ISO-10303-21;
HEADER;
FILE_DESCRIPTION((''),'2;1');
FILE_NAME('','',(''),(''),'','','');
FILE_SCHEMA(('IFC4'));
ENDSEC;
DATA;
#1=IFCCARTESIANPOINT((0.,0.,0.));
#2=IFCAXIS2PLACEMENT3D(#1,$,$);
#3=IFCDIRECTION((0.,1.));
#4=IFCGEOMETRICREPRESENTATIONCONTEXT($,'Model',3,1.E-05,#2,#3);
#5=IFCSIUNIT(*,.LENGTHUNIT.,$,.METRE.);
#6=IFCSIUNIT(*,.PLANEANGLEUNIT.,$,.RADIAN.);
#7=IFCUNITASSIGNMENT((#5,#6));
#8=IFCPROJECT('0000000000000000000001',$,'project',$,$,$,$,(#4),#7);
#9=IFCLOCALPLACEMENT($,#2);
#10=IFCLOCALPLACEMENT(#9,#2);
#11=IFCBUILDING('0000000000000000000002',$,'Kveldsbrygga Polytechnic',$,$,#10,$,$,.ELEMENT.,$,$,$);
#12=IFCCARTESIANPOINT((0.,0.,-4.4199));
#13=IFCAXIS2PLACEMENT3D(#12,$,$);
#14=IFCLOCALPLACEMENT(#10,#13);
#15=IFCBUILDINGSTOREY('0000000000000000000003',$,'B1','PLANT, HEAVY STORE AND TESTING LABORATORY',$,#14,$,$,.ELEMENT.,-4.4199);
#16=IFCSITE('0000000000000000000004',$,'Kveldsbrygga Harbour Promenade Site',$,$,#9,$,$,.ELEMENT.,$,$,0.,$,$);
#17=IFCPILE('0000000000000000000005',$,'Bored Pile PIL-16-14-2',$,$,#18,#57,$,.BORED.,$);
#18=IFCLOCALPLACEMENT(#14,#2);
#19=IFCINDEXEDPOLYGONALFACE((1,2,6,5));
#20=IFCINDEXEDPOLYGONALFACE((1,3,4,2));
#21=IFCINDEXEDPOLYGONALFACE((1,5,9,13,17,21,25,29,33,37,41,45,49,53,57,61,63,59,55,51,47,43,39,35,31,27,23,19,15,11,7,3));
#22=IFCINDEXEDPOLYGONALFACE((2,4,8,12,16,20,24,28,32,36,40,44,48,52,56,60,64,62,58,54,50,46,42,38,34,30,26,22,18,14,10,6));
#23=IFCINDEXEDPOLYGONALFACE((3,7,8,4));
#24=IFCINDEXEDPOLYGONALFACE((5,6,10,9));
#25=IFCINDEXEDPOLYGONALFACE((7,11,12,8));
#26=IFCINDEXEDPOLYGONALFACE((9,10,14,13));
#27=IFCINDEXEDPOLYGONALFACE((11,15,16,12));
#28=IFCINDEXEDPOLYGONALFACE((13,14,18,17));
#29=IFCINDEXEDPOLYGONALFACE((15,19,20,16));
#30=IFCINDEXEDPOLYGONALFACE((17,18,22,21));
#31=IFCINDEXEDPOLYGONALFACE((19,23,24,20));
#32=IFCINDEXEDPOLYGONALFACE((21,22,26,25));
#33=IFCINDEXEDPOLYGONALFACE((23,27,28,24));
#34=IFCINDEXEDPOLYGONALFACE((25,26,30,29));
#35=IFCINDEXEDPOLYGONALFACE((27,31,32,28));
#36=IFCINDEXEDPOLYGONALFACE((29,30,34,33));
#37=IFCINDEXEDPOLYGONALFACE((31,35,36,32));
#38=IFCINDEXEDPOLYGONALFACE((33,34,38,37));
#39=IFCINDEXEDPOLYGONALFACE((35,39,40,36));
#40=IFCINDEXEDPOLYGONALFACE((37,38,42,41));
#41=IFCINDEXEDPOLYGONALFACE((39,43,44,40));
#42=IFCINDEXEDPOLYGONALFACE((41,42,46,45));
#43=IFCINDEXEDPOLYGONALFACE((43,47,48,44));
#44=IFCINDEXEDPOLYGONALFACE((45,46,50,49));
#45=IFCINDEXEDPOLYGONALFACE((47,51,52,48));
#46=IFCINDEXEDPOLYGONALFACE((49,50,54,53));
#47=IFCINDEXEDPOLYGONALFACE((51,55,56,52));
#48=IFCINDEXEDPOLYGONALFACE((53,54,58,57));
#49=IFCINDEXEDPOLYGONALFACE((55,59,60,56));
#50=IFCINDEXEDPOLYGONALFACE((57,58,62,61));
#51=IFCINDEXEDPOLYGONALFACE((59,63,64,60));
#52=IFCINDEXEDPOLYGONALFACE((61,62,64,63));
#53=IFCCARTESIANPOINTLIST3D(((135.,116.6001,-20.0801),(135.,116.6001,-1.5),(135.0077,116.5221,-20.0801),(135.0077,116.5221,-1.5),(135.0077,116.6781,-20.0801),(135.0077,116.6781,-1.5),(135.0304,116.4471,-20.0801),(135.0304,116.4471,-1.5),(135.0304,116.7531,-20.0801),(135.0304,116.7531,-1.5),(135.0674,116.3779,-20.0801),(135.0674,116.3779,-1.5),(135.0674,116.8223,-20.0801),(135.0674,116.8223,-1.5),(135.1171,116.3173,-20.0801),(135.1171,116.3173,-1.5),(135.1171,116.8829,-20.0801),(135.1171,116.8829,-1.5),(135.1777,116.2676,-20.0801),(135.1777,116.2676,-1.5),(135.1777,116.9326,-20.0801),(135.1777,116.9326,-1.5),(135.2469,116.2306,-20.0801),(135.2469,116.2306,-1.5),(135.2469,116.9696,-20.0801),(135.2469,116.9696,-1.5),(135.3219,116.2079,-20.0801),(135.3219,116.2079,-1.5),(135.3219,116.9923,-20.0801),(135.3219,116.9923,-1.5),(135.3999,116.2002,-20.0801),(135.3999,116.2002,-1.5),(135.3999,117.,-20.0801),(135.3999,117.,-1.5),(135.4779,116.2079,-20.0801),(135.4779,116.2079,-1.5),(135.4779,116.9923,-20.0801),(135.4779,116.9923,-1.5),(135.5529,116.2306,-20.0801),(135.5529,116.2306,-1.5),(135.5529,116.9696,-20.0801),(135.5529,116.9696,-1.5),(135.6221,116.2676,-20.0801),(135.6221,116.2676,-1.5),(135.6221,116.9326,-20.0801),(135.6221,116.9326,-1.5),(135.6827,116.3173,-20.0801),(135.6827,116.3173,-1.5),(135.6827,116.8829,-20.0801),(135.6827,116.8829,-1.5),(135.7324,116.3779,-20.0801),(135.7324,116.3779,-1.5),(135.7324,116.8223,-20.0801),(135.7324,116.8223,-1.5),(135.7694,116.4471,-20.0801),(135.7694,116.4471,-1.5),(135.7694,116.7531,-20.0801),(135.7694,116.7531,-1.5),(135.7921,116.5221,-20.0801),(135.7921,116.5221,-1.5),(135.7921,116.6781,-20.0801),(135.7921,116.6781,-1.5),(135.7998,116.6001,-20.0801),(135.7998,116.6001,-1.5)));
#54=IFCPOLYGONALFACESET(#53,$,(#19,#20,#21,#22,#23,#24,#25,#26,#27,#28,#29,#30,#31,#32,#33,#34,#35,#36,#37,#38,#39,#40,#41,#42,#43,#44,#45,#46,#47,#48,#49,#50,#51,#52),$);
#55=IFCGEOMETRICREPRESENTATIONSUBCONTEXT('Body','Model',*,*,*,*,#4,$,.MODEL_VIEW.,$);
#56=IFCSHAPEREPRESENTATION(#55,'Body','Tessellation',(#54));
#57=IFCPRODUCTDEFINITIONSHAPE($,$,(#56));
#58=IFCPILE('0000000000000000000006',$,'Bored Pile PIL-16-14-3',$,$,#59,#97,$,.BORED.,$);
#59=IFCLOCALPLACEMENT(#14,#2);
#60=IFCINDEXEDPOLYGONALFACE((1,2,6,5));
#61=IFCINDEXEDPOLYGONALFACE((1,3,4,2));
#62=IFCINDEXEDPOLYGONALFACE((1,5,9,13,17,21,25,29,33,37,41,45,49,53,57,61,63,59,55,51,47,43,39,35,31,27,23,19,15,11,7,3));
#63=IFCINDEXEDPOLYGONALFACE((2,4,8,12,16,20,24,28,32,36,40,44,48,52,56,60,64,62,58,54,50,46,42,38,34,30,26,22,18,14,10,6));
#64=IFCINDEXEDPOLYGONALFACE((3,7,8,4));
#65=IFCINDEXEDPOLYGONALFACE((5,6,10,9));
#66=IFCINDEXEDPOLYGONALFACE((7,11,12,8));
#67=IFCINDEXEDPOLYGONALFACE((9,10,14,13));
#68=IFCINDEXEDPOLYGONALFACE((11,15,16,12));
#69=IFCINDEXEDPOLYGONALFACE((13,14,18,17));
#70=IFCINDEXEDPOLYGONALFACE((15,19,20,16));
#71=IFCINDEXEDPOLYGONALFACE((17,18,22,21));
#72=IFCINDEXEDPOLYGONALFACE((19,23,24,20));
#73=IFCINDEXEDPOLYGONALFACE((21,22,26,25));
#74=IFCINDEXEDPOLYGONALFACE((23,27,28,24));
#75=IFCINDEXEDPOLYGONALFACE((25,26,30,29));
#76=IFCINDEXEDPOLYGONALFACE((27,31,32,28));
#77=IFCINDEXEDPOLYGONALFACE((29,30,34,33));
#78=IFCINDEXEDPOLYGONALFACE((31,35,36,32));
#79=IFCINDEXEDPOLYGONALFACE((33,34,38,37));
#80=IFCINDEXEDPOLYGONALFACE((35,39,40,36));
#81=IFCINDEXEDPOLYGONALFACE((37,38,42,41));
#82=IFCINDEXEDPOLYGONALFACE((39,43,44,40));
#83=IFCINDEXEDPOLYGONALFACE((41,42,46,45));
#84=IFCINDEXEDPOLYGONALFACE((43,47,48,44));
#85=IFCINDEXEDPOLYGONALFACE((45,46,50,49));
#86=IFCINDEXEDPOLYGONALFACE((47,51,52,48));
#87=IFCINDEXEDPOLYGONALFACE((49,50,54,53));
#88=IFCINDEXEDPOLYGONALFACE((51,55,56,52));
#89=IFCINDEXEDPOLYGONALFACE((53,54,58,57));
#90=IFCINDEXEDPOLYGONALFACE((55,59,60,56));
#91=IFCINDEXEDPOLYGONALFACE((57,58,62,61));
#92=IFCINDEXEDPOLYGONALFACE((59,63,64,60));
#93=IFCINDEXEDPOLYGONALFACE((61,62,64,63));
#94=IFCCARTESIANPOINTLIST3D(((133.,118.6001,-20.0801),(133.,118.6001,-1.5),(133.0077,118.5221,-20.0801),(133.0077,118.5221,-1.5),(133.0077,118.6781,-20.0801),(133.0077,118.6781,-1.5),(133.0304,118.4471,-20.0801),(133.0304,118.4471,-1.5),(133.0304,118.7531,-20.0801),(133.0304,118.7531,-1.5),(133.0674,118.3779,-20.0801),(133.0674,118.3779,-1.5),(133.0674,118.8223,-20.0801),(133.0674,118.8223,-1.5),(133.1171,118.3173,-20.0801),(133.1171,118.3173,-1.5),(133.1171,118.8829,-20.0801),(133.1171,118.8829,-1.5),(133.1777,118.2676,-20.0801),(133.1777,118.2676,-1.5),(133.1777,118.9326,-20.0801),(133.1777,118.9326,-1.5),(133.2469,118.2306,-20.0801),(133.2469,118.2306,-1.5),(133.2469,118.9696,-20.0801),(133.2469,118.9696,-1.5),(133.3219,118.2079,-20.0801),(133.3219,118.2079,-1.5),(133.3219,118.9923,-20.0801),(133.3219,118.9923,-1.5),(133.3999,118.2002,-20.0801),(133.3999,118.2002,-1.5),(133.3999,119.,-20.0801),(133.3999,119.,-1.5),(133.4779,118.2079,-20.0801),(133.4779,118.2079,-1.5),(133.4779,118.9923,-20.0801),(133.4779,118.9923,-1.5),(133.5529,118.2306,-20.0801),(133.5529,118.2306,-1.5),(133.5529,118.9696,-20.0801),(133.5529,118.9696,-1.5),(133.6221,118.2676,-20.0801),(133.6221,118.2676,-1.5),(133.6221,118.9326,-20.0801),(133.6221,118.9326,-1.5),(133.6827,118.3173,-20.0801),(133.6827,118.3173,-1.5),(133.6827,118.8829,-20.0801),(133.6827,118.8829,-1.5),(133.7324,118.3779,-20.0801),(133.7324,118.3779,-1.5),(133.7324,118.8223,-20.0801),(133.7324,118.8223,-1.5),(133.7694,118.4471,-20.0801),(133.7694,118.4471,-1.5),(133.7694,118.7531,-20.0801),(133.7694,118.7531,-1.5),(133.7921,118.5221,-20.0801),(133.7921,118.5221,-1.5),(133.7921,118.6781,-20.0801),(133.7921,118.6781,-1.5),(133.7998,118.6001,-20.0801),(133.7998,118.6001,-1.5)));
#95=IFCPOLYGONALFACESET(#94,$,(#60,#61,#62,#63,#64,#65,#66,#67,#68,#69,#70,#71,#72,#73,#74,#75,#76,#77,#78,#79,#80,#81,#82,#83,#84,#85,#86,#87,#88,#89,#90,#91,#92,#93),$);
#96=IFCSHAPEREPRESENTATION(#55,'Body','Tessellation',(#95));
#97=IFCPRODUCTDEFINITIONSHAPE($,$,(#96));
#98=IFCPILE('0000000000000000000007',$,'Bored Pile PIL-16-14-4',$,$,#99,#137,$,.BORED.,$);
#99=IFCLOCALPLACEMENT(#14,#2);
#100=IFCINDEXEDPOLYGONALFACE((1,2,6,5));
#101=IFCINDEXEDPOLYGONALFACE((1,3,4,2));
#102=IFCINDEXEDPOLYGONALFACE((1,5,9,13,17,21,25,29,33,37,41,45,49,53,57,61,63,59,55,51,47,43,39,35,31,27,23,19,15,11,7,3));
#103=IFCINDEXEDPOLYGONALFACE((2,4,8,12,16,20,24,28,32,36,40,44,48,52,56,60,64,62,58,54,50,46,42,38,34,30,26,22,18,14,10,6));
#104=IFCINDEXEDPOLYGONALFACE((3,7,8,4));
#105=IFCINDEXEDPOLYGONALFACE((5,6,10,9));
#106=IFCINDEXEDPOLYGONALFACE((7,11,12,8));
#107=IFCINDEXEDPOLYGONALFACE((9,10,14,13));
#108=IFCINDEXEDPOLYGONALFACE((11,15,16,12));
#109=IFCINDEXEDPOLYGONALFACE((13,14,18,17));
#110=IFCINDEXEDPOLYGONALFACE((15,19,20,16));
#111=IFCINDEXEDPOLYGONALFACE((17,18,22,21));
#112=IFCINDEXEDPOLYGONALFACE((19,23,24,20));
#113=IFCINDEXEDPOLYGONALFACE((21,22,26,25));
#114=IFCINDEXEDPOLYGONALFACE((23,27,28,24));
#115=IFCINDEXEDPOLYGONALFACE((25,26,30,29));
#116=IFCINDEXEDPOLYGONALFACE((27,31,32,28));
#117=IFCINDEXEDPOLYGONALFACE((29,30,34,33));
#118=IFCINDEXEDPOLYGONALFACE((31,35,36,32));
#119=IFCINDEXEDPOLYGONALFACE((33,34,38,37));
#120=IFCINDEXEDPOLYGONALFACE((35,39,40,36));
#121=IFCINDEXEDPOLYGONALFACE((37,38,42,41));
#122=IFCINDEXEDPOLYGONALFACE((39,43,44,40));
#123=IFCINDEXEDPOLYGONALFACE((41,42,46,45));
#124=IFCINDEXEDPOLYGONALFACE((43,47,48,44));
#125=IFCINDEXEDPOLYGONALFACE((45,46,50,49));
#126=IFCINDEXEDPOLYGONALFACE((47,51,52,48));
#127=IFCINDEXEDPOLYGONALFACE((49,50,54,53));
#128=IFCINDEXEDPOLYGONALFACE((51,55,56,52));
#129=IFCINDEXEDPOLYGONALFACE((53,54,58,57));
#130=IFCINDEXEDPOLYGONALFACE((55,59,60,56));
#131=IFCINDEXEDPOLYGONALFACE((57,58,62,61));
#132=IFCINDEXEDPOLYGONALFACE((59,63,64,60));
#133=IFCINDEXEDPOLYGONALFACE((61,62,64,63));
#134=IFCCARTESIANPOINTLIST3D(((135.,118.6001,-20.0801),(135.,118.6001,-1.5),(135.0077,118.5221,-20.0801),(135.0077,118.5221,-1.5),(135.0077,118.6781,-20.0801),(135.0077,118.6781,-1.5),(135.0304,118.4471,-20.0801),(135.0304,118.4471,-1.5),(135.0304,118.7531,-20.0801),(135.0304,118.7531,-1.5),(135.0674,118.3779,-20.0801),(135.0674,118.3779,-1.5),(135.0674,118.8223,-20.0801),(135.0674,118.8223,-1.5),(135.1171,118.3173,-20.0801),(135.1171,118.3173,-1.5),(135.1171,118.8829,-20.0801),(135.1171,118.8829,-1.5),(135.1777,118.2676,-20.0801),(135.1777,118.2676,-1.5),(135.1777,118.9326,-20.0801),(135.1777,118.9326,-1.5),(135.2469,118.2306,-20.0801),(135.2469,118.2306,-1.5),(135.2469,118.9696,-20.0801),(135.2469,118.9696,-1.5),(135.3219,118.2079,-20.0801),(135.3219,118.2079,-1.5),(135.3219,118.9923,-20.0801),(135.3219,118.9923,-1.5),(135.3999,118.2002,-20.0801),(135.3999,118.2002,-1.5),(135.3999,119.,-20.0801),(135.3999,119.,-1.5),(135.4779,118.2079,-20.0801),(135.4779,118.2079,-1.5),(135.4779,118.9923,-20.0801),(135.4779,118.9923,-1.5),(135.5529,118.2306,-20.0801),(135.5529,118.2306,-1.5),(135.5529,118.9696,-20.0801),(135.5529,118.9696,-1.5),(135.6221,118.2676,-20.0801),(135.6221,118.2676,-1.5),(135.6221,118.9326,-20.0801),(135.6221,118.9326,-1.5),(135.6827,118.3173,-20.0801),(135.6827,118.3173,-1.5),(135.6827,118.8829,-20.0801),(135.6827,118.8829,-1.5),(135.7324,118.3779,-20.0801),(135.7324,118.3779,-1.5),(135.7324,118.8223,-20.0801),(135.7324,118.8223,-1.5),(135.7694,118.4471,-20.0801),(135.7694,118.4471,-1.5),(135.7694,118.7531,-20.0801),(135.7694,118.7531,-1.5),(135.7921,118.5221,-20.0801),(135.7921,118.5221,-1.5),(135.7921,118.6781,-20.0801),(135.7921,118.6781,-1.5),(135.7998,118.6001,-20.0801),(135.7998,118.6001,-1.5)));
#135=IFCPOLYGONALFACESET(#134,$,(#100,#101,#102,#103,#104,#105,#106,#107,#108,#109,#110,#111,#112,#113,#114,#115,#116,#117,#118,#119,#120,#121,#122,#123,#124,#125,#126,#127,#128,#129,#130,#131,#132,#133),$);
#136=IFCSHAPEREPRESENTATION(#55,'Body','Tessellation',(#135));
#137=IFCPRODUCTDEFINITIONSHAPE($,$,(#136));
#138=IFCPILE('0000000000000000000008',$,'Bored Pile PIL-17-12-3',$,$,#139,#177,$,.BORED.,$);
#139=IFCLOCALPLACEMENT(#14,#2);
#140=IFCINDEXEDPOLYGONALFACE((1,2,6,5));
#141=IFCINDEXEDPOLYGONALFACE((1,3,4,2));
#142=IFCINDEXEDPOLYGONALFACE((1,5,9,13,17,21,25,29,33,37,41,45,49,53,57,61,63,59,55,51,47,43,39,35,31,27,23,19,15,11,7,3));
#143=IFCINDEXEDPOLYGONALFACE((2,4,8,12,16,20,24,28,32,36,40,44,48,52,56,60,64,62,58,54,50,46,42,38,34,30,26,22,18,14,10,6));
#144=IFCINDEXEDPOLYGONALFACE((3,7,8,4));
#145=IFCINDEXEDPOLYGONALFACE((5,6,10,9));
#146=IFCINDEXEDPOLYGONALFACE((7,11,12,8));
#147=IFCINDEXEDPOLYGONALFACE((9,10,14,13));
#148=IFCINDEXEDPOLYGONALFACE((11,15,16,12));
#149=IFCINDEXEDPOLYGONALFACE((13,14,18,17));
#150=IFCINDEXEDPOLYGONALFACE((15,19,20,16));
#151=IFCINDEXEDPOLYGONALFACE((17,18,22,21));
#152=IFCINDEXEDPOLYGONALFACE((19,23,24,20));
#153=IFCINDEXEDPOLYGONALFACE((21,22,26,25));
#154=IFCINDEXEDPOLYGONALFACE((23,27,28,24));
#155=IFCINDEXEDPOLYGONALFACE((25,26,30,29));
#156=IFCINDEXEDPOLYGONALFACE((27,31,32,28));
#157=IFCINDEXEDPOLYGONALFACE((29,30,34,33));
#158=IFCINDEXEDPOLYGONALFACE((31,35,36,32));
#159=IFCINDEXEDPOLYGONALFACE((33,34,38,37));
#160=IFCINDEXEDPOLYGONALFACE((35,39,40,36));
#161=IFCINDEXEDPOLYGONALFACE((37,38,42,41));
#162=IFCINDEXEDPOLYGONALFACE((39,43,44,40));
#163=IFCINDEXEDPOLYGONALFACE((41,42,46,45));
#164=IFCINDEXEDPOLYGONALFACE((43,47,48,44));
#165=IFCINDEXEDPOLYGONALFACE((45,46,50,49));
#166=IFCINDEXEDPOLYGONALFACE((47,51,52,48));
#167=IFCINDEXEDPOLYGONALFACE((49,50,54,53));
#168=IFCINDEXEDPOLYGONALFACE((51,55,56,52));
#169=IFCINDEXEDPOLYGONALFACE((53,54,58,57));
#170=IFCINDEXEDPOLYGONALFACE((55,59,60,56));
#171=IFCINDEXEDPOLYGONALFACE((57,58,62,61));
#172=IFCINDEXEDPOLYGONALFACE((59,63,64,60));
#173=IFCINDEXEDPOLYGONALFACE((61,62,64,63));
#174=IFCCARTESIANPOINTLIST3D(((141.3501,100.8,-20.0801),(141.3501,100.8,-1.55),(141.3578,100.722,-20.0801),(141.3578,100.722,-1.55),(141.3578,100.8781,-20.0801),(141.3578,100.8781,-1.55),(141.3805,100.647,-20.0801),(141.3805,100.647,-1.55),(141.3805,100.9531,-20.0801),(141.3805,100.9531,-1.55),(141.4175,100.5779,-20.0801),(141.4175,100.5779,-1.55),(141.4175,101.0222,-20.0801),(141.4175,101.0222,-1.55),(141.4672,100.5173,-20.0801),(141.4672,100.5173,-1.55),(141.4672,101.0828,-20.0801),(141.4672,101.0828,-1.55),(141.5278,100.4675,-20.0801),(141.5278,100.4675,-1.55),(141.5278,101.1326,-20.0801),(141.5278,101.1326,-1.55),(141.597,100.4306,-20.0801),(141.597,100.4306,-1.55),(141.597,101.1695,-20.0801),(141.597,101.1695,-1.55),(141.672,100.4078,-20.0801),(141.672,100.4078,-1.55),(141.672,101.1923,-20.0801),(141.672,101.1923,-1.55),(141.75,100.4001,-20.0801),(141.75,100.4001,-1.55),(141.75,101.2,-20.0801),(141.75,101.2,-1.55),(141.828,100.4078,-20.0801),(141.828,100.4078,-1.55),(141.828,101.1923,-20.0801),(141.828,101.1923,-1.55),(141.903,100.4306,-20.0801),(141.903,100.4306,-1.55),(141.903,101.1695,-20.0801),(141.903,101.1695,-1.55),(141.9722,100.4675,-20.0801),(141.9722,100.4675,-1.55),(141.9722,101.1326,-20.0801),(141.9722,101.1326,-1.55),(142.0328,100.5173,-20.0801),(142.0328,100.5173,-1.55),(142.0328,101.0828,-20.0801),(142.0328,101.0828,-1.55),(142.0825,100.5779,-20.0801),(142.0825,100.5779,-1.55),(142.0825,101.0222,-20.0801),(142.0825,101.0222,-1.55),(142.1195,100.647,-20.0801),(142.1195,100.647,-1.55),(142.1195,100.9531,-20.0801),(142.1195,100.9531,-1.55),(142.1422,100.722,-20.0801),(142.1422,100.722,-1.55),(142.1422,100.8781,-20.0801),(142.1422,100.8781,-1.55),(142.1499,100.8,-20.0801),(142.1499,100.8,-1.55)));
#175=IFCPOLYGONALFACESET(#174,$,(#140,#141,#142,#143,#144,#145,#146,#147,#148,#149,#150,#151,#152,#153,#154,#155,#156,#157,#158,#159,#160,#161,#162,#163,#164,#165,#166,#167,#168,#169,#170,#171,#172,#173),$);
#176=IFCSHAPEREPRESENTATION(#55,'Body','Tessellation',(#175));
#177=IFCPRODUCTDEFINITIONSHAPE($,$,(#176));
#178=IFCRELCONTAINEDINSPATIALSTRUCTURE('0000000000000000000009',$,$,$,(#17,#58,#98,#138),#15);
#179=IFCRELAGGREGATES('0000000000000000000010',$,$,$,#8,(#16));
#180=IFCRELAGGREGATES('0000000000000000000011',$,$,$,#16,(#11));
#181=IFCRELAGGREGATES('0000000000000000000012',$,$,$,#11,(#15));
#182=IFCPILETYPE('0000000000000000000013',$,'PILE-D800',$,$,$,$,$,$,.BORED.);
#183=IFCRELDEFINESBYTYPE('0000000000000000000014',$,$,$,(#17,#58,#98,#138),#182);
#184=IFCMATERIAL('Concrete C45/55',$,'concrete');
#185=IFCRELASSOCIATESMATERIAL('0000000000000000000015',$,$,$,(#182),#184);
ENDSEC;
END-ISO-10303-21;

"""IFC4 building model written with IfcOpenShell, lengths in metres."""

from ifc_helpers import new_model, si_unit, direction, frame, origin, origin_2d, place, context, subcontext, project, spatial, circle, extrude, material, material_profile, profile_set, type_object, element, save


model = new_model("IFC4")

# Units and contexts
model_context = context("Model", 3, precision=1e-05, world=origin(), true_north=direction((0.0, 1.0)))
body_context = subcontext(model_context, "Body", "Model", "MODEL_VIEW")
ifc_project = project(units=[si_unit("LENGTHUNIT", "METRE"), si_unit("PLANEANGLEUNIT", "RADIAN")], contexts=[model_context])

# Site, building, storey
site_placement = place(None, origin())
site = spatial("IfcSite", under=ifc_project, at=site_placement, Name="Kveldsbrygga Harbour Promenade Site", CompositionType="ELEMENT", RefElevation=0.0)
building_placement = place(site_placement, origin())
building = spatial("IfcBuilding", under=site, at=building_placement, Name="Kveldsbrygga Polytechnic", CompositionType="ELEMENT")
storey_placement = place(building_placement, frame((0.0, 0.0, -4.4199)))
storey = spatial("IfcBuildingStorey", under=building, at=storey_placement, Name="B1", Description="PLANT, HEAVY STORE AND TESTING LABORATORY", CompositionType="ELEMENT", Elevation=-4.4199)

# Shared definitions
ifc_material_1 = material(Name="Concrete C45/55", Category="concrete")

# Piles
ifc_material_profile_1 = material_profile(ifc_material_1, circle(Radius=0.3999, at=origin_2d()), Name="PILE D800")
ifc_profile_set_1 = profile_set([ifc_material_profile_1], Name="Concrete C45/55")
pile_type = type_object("IfcPileType", Name="PILE-D800", PredefinedType="BORED", material=ifc_profile_set_1)
for number, where, z_axis, x_axis, name in (
    (1, (135.3999, 116.6001, -1.5), (0.0, 0.0, -1.0), (1.0, 0.0, 0.0), "Bored Pile PIL-16-14-2"),
    (2, (133.3999, 118.6001, -1.5), (0.0, 0.0, -1.0), (1.0, 0.0, 0.0), "Bored Pile PIL-16-14-3"),
    (3, (135.3999, 118.6001, -1.5), (0.0, 0.0, -1.0), (1.0, 0.0, 0.0), "Bored Pile PIL-16-14-4"),
):
    element("IfcPile", number, at=place(storey_placement, frame(where, z_axis=z_axis, x_axis=x_axis)), inside=storey, type_object=pile_type, Name=name, PredefinedType="BORED", context=body_context, shape_type="SweptSolid", body=[
        extrude(circle(Radius=0.3999, at=origin_2d()), origin(), (0.0, 0.0, 1.0), 18.5801),
    ])
for number, where, z_axis, x_axis, name in (
    (4, (141.75, 100.8, -1.55), (0.0, 0.0, -1.0), (1.0, 0.0, 0.0), "Bored Pile PIL-17-12-3"),
):
    element("IfcPile", number, at=place(storey_placement, frame(where, z_axis=z_axis, x_axis=x_axis)), inside=storey, type_object=pile_type, Name=name, PredefinedType="BORED", context=body_context, shape_type="SweptSolid", body=[
        extrude(circle(Radius=0.3999, at=origin_2d()), origin(), (0.0, 0.0, 1.0), 18.53),
    ])

save(model, "model.ifc")
